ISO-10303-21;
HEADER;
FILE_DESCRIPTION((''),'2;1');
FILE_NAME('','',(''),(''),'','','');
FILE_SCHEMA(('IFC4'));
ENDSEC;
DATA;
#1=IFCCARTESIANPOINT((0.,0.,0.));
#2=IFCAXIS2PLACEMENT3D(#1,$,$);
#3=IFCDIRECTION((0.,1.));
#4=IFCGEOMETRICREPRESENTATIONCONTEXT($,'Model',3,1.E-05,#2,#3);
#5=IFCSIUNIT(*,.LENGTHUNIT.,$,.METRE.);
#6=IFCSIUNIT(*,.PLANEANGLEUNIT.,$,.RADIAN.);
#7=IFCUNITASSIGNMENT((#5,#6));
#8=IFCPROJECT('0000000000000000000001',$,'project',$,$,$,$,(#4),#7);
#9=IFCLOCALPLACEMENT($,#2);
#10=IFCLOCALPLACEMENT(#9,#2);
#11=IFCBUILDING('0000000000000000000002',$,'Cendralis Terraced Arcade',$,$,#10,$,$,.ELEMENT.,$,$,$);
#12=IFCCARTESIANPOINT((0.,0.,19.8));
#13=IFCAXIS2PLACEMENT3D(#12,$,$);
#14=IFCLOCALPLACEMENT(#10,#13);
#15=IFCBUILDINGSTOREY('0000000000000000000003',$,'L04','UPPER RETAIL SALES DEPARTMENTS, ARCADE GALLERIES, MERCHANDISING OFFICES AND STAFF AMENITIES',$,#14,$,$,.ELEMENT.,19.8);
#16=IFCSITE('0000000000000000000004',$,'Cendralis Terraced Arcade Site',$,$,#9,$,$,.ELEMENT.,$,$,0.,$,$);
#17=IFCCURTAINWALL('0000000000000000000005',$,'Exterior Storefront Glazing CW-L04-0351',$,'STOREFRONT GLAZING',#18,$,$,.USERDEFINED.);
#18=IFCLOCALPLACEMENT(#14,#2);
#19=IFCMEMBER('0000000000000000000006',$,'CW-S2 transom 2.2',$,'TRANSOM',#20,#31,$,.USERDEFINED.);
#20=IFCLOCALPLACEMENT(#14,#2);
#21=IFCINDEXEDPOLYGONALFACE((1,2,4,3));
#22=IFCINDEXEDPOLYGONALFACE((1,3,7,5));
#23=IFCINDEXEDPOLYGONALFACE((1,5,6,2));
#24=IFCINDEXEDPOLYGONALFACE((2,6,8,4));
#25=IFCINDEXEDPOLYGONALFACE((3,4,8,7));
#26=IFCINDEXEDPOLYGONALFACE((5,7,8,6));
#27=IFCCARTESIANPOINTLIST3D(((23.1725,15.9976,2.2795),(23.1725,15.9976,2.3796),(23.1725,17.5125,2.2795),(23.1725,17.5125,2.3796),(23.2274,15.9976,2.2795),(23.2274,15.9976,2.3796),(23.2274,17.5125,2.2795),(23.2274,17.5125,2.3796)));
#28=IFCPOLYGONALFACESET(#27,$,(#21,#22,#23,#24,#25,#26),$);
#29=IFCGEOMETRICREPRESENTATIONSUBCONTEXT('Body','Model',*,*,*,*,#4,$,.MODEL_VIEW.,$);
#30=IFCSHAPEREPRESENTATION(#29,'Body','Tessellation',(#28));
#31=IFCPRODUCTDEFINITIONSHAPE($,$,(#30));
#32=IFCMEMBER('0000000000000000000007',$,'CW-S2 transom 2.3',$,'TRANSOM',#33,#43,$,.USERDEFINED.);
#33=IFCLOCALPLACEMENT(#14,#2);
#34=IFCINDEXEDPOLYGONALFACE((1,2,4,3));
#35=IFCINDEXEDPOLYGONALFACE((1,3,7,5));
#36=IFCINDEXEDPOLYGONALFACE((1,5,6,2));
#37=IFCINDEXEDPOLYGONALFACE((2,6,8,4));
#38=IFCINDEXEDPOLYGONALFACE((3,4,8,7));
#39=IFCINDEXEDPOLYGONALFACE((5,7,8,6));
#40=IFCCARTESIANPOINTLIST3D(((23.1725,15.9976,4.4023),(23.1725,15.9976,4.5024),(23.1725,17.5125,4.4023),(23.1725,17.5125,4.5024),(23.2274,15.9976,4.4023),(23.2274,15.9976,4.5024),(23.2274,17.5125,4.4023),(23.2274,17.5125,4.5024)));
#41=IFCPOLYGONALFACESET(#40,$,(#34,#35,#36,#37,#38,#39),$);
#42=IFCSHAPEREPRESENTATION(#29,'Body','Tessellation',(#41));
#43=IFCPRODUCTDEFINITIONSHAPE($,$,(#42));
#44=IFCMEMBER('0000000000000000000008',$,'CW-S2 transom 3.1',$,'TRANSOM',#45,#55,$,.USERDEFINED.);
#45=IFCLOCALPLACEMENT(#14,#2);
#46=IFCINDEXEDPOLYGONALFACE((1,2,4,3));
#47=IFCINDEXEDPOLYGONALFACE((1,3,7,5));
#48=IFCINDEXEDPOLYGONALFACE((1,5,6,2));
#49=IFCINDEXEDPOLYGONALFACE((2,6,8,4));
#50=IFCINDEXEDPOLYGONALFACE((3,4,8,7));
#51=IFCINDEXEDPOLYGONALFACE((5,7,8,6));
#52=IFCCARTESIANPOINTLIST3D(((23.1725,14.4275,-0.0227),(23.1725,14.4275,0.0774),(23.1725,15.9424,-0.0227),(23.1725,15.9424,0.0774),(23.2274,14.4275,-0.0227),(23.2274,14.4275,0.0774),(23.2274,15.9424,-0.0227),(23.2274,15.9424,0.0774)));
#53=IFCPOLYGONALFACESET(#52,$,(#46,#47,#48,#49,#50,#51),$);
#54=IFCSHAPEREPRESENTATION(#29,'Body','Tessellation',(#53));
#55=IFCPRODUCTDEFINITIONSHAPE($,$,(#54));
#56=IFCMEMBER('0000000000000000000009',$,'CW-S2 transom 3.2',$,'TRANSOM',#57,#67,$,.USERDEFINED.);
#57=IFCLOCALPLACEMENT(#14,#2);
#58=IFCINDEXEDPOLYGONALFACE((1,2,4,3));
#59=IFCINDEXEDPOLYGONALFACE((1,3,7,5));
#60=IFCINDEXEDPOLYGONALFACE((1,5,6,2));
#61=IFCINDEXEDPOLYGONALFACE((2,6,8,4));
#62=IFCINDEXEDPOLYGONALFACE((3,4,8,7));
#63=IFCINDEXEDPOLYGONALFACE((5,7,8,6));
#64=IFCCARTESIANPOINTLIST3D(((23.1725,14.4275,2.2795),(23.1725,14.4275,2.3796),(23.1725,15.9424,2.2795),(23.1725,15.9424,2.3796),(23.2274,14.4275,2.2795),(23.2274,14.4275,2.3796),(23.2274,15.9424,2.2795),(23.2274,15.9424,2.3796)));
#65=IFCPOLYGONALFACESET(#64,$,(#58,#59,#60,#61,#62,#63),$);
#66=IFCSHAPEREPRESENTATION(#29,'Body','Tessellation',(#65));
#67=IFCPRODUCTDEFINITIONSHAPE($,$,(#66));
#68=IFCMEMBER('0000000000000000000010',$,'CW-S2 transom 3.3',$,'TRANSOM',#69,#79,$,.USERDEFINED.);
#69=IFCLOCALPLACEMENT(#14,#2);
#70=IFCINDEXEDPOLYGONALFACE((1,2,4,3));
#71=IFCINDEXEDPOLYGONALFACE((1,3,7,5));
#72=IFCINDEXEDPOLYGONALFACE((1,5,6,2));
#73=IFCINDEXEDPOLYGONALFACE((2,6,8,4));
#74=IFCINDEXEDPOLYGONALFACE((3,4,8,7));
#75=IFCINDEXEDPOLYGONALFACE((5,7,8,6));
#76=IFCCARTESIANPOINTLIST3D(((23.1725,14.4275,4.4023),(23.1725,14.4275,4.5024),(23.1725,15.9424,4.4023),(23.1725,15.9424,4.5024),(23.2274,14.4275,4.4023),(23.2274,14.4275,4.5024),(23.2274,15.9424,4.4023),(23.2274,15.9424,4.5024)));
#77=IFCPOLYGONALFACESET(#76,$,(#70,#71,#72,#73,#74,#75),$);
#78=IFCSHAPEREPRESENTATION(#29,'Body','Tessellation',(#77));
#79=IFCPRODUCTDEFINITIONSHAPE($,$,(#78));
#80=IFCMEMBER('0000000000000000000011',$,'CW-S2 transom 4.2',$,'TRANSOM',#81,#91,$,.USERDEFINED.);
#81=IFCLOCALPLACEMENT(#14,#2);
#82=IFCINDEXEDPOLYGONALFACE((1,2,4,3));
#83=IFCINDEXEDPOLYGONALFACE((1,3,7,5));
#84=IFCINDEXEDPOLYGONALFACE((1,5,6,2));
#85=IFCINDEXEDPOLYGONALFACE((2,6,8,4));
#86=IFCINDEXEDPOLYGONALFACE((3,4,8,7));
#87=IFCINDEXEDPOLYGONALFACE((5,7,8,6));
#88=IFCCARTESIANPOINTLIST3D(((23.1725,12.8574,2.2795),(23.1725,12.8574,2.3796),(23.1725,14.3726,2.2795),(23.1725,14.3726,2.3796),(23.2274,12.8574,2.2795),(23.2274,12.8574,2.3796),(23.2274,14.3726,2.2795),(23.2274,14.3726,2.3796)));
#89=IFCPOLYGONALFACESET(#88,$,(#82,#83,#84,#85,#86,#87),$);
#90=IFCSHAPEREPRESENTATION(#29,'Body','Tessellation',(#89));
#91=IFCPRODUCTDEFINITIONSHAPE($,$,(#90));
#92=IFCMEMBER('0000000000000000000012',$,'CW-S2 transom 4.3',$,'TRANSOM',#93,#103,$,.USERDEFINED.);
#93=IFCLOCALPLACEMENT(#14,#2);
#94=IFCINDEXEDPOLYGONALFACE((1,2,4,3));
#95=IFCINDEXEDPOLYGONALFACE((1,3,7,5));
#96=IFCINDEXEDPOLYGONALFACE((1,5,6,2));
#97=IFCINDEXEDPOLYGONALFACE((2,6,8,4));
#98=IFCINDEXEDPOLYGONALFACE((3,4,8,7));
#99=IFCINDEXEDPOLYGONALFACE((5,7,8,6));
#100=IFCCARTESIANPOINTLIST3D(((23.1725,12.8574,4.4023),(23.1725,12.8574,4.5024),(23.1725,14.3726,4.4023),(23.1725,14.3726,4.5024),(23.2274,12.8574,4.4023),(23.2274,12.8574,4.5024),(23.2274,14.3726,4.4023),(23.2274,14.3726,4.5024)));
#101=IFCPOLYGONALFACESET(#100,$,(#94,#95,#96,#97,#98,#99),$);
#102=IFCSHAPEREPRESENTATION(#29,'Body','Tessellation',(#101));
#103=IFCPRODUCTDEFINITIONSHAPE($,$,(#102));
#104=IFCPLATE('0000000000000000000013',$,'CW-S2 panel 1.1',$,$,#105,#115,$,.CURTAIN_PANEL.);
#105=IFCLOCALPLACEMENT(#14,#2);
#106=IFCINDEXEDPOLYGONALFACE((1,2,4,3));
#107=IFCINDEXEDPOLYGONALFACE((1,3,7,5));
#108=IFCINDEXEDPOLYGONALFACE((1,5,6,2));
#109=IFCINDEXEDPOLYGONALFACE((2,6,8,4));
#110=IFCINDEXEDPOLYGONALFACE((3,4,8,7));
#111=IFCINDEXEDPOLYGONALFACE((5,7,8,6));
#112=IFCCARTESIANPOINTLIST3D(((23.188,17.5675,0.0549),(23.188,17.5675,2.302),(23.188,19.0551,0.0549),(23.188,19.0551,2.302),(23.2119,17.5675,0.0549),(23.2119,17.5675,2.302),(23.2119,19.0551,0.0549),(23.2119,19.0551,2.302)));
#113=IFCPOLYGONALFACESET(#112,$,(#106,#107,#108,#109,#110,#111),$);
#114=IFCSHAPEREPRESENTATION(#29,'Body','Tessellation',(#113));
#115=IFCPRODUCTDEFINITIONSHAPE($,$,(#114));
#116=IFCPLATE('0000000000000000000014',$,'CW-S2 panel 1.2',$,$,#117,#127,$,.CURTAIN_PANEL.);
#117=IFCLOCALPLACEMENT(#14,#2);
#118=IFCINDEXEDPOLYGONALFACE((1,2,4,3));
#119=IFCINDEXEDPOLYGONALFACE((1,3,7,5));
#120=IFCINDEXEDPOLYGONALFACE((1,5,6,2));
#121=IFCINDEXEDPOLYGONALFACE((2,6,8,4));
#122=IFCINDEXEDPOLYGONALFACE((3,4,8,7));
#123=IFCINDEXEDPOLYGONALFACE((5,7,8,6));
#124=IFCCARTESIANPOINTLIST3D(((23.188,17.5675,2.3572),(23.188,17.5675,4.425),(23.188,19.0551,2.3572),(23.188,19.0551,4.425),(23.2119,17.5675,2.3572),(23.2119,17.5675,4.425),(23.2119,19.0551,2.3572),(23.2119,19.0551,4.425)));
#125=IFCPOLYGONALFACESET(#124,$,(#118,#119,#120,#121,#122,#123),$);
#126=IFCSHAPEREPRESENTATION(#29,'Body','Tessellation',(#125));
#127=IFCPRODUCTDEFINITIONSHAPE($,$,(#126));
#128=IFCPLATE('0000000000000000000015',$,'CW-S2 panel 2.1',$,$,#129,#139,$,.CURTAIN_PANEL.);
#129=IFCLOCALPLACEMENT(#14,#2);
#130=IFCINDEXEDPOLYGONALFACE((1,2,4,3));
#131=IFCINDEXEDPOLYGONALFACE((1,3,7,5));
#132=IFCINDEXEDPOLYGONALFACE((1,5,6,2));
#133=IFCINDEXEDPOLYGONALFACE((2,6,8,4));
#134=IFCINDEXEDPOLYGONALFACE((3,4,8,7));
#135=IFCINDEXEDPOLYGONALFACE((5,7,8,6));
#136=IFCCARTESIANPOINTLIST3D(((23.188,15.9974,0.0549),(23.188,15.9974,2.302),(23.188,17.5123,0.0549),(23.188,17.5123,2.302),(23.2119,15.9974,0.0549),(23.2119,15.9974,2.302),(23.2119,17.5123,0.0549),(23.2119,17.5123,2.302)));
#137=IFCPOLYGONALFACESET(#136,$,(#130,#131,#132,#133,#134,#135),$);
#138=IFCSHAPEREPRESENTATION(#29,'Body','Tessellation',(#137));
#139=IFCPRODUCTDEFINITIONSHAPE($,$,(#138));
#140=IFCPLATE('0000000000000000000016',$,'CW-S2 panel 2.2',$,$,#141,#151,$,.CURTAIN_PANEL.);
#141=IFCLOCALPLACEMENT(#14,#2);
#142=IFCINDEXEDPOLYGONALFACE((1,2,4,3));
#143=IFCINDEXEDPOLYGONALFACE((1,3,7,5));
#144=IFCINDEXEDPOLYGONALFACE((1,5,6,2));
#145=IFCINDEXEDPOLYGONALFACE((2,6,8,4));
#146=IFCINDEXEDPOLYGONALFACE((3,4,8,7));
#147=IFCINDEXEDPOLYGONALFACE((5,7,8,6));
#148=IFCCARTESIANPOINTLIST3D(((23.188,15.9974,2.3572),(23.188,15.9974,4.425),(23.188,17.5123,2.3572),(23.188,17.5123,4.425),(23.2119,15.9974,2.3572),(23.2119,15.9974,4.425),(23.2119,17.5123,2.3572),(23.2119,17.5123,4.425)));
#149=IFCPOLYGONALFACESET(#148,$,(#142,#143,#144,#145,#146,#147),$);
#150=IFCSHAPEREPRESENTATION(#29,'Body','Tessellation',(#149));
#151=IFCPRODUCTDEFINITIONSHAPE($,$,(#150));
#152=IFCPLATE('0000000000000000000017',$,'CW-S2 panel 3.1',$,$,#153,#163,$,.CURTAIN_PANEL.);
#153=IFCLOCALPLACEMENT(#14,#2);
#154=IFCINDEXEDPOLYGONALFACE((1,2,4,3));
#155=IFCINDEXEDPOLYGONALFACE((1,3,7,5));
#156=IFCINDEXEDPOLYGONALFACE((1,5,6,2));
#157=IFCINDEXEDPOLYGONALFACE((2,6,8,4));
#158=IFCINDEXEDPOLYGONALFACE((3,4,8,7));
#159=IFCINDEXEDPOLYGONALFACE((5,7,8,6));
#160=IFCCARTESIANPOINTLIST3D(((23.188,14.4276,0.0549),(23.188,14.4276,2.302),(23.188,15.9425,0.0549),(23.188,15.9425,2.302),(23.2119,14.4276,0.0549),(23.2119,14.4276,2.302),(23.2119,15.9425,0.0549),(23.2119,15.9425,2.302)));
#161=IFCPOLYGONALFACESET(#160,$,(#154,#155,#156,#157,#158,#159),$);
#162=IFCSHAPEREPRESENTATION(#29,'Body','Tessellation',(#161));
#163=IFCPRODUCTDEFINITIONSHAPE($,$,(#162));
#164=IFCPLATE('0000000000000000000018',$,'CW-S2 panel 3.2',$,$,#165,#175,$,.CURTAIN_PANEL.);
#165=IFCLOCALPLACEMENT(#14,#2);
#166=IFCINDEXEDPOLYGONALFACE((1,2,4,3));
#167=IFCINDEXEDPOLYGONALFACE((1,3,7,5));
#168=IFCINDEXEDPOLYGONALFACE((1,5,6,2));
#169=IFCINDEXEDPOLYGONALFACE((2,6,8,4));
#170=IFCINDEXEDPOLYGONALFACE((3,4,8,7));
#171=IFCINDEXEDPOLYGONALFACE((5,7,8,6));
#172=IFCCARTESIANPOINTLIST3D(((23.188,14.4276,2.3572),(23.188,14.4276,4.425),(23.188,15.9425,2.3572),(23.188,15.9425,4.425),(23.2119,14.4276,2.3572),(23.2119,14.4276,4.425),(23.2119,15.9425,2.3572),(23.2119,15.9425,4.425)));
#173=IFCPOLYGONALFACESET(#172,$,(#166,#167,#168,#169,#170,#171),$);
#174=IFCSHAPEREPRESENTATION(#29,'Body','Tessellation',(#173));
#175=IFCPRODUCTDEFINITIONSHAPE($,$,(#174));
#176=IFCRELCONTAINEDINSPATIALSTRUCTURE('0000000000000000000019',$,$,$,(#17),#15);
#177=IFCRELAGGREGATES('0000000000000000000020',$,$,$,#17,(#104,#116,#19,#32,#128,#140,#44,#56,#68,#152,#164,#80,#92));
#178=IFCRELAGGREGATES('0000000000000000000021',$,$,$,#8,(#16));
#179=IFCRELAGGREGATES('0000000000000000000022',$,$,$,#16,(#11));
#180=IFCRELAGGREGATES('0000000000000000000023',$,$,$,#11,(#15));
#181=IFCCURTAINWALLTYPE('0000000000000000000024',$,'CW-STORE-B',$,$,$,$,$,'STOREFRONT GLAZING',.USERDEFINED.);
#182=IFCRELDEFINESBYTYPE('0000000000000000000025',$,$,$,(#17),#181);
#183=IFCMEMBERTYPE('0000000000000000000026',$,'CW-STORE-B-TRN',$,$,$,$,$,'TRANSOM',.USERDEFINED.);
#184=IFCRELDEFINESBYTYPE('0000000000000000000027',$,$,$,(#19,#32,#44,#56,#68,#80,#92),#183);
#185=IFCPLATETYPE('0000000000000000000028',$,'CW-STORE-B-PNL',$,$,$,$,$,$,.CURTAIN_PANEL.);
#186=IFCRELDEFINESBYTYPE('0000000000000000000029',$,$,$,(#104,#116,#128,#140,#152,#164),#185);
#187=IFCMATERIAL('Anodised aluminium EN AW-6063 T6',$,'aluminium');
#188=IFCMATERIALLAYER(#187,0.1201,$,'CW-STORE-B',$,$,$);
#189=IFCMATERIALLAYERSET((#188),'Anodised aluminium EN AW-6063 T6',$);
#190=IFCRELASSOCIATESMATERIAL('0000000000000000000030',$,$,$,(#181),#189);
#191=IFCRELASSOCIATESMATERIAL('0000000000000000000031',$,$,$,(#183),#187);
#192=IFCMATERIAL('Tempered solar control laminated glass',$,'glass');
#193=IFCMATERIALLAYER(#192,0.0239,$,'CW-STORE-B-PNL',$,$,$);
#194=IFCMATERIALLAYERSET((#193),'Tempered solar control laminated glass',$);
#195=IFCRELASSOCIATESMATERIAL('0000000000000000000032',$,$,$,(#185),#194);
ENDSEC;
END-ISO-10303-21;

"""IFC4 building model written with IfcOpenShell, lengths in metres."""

from ifc_helpers import new_model, si_unit, direction, frame, origin, origin_2d, place, context, subcontext, project, spatial, rectangle, extrude, material, layer, layer_set, material_profile, profile_set, type_object, element, aggregate, save


model = new_model("IFC4")

# Units and contexts
model_context = context("Model", 3, precision=1e-05, world=origin(), true_north=direction((0.0, 1.0)))
body_context = subcontext(model_context, "Body", "Model", "MODEL_VIEW")
ifc_project = project(units=[si_unit("LENGTHUNIT", "METRE"), si_unit("PLANEANGLEUNIT", "RADIAN")], contexts=[model_context])

# Site, building, storey
site_placement = place(None, origin())
site = spatial("IfcSite", under=ifc_project, at=site_placement, Name="Cendralis Terraced Arcade Site", CompositionType="ELEMENT", RefElevation=0.0)
building_placement = place(site_placement, origin())
building = spatial("IfcBuilding", under=site, at=building_placement, Name="Cendralis Terraced Arcade", CompositionType="ELEMENT")
storey_placement = place(building_placement, frame((0.0, 0.0, 19.8)))
storey = spatial("IfcBuildingStorey", under=building, at=storey_placement, Name="L04", Description="UPPER RETAIL SALES DEPARTMENTS, ARCADE GALLERIES, MERCHANDISING OFFICES AND STAFF AMENITIES", CompositionType="ELEMENT", Elevation=19.8)

# Curtain wall, members, plates
ifc_material_1 = material(Name="Anodised aluminium EN AW-6063 T6", Category="aluminium")
ifc_layer_1 = layer(ifc_material_1, 0.1201, Name="CW-STORE-B")
ifc_layer_set_1 = layer_set([ifc_layer_1], Name="Anodised aluminium EN AW-6063 T6")
curtain_wall_type = type_object("IfcCurtainWallType", Name="CW-STORE-B", ElementType="STOREFRONT GLAZING", PredefinedType="USERDEFINED", material=ifc_layer_set_1)
curtain_wall_placement = place(storey_placement, origin())
curtain_wall = element("IfcCurtainWall", 1, at=curtain_wall_placement, inside=storey, type_object=curtain_wall_type, Name="Exterior Storefront Glazing CW-L04-0351", ObjectType="STOREFRONT GLAZING", PredefinedType="USERDEFINED")
ifc_material_profile_1 = material_profile(ifc_material_1, rectangle(XDim=0.0549, YDim=0.1001, at=origin_2d()), Name="ALU-TRN-55x100")
ifc_profile_set_1 = profile_set([ifc_material_profile_1], Name="Anodised aluminium EN AW-6063 T6")
member_type_1 = type_object("IfcMemberType", Name="CW-STORE-B-TRN", ElementType="TRANSOM", PredefinedType="USERDEFINED", material=ifc_profile_set_1)
member_1_placement = place(storey_placement, frame((23.2, 17.5125, 2.3296), z_axis=(0.0, -1.0, 0.0), x_axis=(1.0, 0.0, 0.0)))
member_1 = element("IfcMember", 2, at=member_1_placement, type_object=member_type_1, Name="CW-S2 transom 2.2", ObjectType="TRANSOM", PredefinedType="USERDEFINED", context=body_context, shape_type="SweptSolid", body=[
    extrude(rectangle(XDim=0.0549, YDim=0.1001, at=origin_2d()), origin(), (0.0, 0.0, 1.0), 1.5149),
])
member_2_placement = place(storey_placement, frame((23.2, 17.5125, 4.4524), z_axis=(0.0, -1.0, 0.0), x_axis=(1.0, 0.0, 0.0)))
member_2 = element("IfcMember", 3, at=member_2_placement, type_object=member_type_1, Name="CW-S2 transom 2.3", ObjectType="TRANSOM", PredefinedType="USERDEFINED", context=body_context, shape_type="SweptSolid", body=[
    extrude(rectangle(XDim=0.0549, YDim=0.1001, at=origin_2d()), origin(), (0.0, 0.0, 1.0), 1.5149),
])
member_3_placement = place(storey_placement, frame((23.2, 15.9424, 0.0273), z_axis=(0.0, -1.0, 0.0), x_axis=(1.0, 0.0, 0.0)))
member_3 = element("IfcMember", 4, at=member_3_placement, type_object=member_type_1, Name="CW-S2 transom 3.1", ObjectType="TRANSOM", PredefinedType="USERDEFINED", context=body_context, shape_type="SweptSolid", body=[
    extrude(rectangle(XDim=0.0549, YDim=0.1001, at=origin_2d()), origin(), (0.0, 0.0, 1.0), 1.5149),
])
member_4_placement = place(storey_placement, frame((23.2, 15.9424, 2.3296), z_axis=(0.0, -1.0, 0.0), x_axis=(1.0, 0.0, 0.0)))
member_4 = element("IfcMember", 5, at=member_4_placement, type_object=member_type_1, Name="CW-S2 transom 3.2", ObjectType="TRANSOM", PredefinedType="USERDEFINED", context=body_context, shape_type="SweptSolid", body=[
    extrude(rectangle(XDim=0.0549, YDim=0.1001, at=origin_2d()), origin(), (0.0, 0.0, 1.0), 1.5149),
])
member_5_placement = place(storey_placement, frame((23.2, 15.9424, 4.4524), z_axis=(0.0, -1.0, 0.0), x_axis=(1.0, 0.0, 0.0)))
member_5 = element("IfcMember", 6, at=member_5_placement, type_object=member_type_1, Name="CW-S2 transom 3.3", ObjectType="TRANSOM", PredefinedType="USERDEFINED", context=body_context, shape_type="SweptSolid", body=[
    extrude(rectangle(XDim=0.0549, YDim=0.1001, at=origin_2d()), origin(), (0.0, 0.0, 1.0), 1.5149),
])
member_6_placement = place(storey_placement, frame((23.2, 14.3726, 2.3296), z_axis=(0.0, -1.0, 0.0), x_axis=(1.0, 0.0, 0.0)))
member_6 = element("IfcMember", 7, at=member_6_placement, type_object=member_type_1, Name="CW-S2 transom 4.2", ObjectType="TRANSOM", PredefinedType="USERDEFINED", context=body_context, shape_type="SweptSolid", body=[
    extrude(rectangle(XDim=0.0549, YDim=0.1001, at=origin_2d()), origin(), (0.0, 0.0, 1.0), 1.5151),
])
member_7_placement = place(storey_placement, frame((23.2, 14.3726, 4.4524), z_axis=(0.0, -1.0, 0.0), x_axis=(1.0, 0.0, 0.0)))
member_7 = element("IfcMember", 8, at=member_7_placement, type_object=member_type_1, Name="CW-S2 transom 4.3", ObjectType="TRANSOM", PredefinedType="USERDEFINED", context=body_context, shape_type="SweptSolid", body=[
    extrude(rectangle(XDim=0.0549, YDim=0.1001, at=origin_2d()), origin(), (0.0, 0.0, 1.0), 1.5151),
])
ifc_material_2 = material(Name="Tempered solar control laminated glass", Category="glass")
ifc_layer_2 = layer(ifc_material_2, 0.0239, Name="CW-STORE-B-PNL")
ifc_layer_set_2 = layer_set([ifc_layer_2], Name="Tempered solar control laminated glass")
plate_type = type_object("IfcPlateType", Name="CW-STORE-B-PNL", PredefinedType="CURTAIN_PANEL", material=ifc_layer_set_2)
plate_1_placement = place(storey_placement, frame((23.2, 18.3113, 0.0549), z_axis=(0.0, 0.0, 1.0), x_axis=(0.0, -1.0, 0.0)))
plate_1 = element("IfcPlate", 9, at=plate_1_placement, type_object=plate_type, Name="CW-S2 panel 1.1", PredefinedType="CURTAIN_PANEL", context=body_context, shape_type="SweptSolid", body=[
    extrude(rectangle(XDim=1.4875, YDim=0.0239, at=origin_2d()), origin(), (0.0, 0.0, 1.0), 2.2471),
])
plate_2_placement = place(storey_placement, frame((23.2, 18.3113, 2.3572), z_axis=(0.0, 0.0, 1.0), x_axis=(0.0, -1.0, 0.0)))
plate_2 = element("IfcPlate", 10, at=plate_2_placement, type_object=plate_type, Name="CW-S2 panel 1.2", PredefinedType="CURTAIN_PANEL", context=body_context, shape_type="SweptSolid", body=[
    extrude(rectangle(XDim=1.4875, YDim=0.0239, at=origin_2d()), origin(), (0.0, 0.0, 1.0), 2.0679),
])
plate_3_placement = place(storey_placement, frame((23.2, 16.7549, 0.0549), z_axis=(0.0, 0.0, 1.0), x_axis=(0.0, -1.0, 0.0)))
plate_3 = element("IfcPlate", 11, at=plate_3_placement, type_object=plate_type, Name="CW-S2 panel 2.1", PredefinedType="CURTAIN_PANEL", context=body_context, shape_type="SweptSolid", body=[
    extrude(rectangle(XDim=1.5149, YDim=0.0239, at=origin_2d()), origin(), (0.0, 0.0, 1.0), 2.2471),
])
plate_4_placement = place(storey_placement, frame((23.2, 16.7549, 2.3572), z_axis=(0.0, 0.0, 1.0), x_axis=(0.0, -1.0, 0.0)))
plate_4 = element("IfcPlate", 12, at=plate_4_placement, type_object=plate_type, Name="CW-S2 panel 2.2", PredefinedType="CURTAIN_PANEL", context=body_context, shape_type="SweptSolid", body=[
    extrude(rectangle(XDim=1.5149, YDim=0.0239, at=origin_2d()), origin(), (0.0, 0.0, 1.0), 2.0679),
])
plate_5_placement = place(storey_placement, frame((23.2, 15.1851, 0.0549), z_axis=(0.0, 0.0, 1.0), x_axis=(0.0, -1.0, 0.0)))
plate_5 = element("IfcPlate", 13, at=plate_5_placement, type_object=plate_type, Name="CW-S2 panel 3.1", PredefinedType="CURTAIN_PANEL", context=body_context, shape_type="SweptSolid", body=[
    extrude(rectangle(XDim=1.5149, YDim=0.0239, at=origin_2d()), origin(), (0.0, 0.0, 1.0), 2.2471),
])
plate_6_placement = place(storey_placement, frame((23.2, 15.1851, 2.3572), z_axis=(0.0, 0.0, 1.0), x_axis=(0.0, -1.0, 0.0)))
plate_6 = element("IfcPlate", 14, at=plate_6_placement, type_object=plate_type, Name="CW-S2 panel 3.2", PredefinedType="CURTAIN_PANEL", context=body_context, shape_type="SweptSolid", body=[
    extrude(rectangle(XDim=1.5149, YDim=0.0239, at=origin_2d()), origin(), (0.0, 0.0, 1.0), 2.0679),
])
aggregate(curtain_wall, [plate_1, plate_2, member_1, member_2, plate_3, plate_4, member_3, member_4, member_5, plate_5, plate_6, member_6, member_7])

save(model, "model.ifc")
